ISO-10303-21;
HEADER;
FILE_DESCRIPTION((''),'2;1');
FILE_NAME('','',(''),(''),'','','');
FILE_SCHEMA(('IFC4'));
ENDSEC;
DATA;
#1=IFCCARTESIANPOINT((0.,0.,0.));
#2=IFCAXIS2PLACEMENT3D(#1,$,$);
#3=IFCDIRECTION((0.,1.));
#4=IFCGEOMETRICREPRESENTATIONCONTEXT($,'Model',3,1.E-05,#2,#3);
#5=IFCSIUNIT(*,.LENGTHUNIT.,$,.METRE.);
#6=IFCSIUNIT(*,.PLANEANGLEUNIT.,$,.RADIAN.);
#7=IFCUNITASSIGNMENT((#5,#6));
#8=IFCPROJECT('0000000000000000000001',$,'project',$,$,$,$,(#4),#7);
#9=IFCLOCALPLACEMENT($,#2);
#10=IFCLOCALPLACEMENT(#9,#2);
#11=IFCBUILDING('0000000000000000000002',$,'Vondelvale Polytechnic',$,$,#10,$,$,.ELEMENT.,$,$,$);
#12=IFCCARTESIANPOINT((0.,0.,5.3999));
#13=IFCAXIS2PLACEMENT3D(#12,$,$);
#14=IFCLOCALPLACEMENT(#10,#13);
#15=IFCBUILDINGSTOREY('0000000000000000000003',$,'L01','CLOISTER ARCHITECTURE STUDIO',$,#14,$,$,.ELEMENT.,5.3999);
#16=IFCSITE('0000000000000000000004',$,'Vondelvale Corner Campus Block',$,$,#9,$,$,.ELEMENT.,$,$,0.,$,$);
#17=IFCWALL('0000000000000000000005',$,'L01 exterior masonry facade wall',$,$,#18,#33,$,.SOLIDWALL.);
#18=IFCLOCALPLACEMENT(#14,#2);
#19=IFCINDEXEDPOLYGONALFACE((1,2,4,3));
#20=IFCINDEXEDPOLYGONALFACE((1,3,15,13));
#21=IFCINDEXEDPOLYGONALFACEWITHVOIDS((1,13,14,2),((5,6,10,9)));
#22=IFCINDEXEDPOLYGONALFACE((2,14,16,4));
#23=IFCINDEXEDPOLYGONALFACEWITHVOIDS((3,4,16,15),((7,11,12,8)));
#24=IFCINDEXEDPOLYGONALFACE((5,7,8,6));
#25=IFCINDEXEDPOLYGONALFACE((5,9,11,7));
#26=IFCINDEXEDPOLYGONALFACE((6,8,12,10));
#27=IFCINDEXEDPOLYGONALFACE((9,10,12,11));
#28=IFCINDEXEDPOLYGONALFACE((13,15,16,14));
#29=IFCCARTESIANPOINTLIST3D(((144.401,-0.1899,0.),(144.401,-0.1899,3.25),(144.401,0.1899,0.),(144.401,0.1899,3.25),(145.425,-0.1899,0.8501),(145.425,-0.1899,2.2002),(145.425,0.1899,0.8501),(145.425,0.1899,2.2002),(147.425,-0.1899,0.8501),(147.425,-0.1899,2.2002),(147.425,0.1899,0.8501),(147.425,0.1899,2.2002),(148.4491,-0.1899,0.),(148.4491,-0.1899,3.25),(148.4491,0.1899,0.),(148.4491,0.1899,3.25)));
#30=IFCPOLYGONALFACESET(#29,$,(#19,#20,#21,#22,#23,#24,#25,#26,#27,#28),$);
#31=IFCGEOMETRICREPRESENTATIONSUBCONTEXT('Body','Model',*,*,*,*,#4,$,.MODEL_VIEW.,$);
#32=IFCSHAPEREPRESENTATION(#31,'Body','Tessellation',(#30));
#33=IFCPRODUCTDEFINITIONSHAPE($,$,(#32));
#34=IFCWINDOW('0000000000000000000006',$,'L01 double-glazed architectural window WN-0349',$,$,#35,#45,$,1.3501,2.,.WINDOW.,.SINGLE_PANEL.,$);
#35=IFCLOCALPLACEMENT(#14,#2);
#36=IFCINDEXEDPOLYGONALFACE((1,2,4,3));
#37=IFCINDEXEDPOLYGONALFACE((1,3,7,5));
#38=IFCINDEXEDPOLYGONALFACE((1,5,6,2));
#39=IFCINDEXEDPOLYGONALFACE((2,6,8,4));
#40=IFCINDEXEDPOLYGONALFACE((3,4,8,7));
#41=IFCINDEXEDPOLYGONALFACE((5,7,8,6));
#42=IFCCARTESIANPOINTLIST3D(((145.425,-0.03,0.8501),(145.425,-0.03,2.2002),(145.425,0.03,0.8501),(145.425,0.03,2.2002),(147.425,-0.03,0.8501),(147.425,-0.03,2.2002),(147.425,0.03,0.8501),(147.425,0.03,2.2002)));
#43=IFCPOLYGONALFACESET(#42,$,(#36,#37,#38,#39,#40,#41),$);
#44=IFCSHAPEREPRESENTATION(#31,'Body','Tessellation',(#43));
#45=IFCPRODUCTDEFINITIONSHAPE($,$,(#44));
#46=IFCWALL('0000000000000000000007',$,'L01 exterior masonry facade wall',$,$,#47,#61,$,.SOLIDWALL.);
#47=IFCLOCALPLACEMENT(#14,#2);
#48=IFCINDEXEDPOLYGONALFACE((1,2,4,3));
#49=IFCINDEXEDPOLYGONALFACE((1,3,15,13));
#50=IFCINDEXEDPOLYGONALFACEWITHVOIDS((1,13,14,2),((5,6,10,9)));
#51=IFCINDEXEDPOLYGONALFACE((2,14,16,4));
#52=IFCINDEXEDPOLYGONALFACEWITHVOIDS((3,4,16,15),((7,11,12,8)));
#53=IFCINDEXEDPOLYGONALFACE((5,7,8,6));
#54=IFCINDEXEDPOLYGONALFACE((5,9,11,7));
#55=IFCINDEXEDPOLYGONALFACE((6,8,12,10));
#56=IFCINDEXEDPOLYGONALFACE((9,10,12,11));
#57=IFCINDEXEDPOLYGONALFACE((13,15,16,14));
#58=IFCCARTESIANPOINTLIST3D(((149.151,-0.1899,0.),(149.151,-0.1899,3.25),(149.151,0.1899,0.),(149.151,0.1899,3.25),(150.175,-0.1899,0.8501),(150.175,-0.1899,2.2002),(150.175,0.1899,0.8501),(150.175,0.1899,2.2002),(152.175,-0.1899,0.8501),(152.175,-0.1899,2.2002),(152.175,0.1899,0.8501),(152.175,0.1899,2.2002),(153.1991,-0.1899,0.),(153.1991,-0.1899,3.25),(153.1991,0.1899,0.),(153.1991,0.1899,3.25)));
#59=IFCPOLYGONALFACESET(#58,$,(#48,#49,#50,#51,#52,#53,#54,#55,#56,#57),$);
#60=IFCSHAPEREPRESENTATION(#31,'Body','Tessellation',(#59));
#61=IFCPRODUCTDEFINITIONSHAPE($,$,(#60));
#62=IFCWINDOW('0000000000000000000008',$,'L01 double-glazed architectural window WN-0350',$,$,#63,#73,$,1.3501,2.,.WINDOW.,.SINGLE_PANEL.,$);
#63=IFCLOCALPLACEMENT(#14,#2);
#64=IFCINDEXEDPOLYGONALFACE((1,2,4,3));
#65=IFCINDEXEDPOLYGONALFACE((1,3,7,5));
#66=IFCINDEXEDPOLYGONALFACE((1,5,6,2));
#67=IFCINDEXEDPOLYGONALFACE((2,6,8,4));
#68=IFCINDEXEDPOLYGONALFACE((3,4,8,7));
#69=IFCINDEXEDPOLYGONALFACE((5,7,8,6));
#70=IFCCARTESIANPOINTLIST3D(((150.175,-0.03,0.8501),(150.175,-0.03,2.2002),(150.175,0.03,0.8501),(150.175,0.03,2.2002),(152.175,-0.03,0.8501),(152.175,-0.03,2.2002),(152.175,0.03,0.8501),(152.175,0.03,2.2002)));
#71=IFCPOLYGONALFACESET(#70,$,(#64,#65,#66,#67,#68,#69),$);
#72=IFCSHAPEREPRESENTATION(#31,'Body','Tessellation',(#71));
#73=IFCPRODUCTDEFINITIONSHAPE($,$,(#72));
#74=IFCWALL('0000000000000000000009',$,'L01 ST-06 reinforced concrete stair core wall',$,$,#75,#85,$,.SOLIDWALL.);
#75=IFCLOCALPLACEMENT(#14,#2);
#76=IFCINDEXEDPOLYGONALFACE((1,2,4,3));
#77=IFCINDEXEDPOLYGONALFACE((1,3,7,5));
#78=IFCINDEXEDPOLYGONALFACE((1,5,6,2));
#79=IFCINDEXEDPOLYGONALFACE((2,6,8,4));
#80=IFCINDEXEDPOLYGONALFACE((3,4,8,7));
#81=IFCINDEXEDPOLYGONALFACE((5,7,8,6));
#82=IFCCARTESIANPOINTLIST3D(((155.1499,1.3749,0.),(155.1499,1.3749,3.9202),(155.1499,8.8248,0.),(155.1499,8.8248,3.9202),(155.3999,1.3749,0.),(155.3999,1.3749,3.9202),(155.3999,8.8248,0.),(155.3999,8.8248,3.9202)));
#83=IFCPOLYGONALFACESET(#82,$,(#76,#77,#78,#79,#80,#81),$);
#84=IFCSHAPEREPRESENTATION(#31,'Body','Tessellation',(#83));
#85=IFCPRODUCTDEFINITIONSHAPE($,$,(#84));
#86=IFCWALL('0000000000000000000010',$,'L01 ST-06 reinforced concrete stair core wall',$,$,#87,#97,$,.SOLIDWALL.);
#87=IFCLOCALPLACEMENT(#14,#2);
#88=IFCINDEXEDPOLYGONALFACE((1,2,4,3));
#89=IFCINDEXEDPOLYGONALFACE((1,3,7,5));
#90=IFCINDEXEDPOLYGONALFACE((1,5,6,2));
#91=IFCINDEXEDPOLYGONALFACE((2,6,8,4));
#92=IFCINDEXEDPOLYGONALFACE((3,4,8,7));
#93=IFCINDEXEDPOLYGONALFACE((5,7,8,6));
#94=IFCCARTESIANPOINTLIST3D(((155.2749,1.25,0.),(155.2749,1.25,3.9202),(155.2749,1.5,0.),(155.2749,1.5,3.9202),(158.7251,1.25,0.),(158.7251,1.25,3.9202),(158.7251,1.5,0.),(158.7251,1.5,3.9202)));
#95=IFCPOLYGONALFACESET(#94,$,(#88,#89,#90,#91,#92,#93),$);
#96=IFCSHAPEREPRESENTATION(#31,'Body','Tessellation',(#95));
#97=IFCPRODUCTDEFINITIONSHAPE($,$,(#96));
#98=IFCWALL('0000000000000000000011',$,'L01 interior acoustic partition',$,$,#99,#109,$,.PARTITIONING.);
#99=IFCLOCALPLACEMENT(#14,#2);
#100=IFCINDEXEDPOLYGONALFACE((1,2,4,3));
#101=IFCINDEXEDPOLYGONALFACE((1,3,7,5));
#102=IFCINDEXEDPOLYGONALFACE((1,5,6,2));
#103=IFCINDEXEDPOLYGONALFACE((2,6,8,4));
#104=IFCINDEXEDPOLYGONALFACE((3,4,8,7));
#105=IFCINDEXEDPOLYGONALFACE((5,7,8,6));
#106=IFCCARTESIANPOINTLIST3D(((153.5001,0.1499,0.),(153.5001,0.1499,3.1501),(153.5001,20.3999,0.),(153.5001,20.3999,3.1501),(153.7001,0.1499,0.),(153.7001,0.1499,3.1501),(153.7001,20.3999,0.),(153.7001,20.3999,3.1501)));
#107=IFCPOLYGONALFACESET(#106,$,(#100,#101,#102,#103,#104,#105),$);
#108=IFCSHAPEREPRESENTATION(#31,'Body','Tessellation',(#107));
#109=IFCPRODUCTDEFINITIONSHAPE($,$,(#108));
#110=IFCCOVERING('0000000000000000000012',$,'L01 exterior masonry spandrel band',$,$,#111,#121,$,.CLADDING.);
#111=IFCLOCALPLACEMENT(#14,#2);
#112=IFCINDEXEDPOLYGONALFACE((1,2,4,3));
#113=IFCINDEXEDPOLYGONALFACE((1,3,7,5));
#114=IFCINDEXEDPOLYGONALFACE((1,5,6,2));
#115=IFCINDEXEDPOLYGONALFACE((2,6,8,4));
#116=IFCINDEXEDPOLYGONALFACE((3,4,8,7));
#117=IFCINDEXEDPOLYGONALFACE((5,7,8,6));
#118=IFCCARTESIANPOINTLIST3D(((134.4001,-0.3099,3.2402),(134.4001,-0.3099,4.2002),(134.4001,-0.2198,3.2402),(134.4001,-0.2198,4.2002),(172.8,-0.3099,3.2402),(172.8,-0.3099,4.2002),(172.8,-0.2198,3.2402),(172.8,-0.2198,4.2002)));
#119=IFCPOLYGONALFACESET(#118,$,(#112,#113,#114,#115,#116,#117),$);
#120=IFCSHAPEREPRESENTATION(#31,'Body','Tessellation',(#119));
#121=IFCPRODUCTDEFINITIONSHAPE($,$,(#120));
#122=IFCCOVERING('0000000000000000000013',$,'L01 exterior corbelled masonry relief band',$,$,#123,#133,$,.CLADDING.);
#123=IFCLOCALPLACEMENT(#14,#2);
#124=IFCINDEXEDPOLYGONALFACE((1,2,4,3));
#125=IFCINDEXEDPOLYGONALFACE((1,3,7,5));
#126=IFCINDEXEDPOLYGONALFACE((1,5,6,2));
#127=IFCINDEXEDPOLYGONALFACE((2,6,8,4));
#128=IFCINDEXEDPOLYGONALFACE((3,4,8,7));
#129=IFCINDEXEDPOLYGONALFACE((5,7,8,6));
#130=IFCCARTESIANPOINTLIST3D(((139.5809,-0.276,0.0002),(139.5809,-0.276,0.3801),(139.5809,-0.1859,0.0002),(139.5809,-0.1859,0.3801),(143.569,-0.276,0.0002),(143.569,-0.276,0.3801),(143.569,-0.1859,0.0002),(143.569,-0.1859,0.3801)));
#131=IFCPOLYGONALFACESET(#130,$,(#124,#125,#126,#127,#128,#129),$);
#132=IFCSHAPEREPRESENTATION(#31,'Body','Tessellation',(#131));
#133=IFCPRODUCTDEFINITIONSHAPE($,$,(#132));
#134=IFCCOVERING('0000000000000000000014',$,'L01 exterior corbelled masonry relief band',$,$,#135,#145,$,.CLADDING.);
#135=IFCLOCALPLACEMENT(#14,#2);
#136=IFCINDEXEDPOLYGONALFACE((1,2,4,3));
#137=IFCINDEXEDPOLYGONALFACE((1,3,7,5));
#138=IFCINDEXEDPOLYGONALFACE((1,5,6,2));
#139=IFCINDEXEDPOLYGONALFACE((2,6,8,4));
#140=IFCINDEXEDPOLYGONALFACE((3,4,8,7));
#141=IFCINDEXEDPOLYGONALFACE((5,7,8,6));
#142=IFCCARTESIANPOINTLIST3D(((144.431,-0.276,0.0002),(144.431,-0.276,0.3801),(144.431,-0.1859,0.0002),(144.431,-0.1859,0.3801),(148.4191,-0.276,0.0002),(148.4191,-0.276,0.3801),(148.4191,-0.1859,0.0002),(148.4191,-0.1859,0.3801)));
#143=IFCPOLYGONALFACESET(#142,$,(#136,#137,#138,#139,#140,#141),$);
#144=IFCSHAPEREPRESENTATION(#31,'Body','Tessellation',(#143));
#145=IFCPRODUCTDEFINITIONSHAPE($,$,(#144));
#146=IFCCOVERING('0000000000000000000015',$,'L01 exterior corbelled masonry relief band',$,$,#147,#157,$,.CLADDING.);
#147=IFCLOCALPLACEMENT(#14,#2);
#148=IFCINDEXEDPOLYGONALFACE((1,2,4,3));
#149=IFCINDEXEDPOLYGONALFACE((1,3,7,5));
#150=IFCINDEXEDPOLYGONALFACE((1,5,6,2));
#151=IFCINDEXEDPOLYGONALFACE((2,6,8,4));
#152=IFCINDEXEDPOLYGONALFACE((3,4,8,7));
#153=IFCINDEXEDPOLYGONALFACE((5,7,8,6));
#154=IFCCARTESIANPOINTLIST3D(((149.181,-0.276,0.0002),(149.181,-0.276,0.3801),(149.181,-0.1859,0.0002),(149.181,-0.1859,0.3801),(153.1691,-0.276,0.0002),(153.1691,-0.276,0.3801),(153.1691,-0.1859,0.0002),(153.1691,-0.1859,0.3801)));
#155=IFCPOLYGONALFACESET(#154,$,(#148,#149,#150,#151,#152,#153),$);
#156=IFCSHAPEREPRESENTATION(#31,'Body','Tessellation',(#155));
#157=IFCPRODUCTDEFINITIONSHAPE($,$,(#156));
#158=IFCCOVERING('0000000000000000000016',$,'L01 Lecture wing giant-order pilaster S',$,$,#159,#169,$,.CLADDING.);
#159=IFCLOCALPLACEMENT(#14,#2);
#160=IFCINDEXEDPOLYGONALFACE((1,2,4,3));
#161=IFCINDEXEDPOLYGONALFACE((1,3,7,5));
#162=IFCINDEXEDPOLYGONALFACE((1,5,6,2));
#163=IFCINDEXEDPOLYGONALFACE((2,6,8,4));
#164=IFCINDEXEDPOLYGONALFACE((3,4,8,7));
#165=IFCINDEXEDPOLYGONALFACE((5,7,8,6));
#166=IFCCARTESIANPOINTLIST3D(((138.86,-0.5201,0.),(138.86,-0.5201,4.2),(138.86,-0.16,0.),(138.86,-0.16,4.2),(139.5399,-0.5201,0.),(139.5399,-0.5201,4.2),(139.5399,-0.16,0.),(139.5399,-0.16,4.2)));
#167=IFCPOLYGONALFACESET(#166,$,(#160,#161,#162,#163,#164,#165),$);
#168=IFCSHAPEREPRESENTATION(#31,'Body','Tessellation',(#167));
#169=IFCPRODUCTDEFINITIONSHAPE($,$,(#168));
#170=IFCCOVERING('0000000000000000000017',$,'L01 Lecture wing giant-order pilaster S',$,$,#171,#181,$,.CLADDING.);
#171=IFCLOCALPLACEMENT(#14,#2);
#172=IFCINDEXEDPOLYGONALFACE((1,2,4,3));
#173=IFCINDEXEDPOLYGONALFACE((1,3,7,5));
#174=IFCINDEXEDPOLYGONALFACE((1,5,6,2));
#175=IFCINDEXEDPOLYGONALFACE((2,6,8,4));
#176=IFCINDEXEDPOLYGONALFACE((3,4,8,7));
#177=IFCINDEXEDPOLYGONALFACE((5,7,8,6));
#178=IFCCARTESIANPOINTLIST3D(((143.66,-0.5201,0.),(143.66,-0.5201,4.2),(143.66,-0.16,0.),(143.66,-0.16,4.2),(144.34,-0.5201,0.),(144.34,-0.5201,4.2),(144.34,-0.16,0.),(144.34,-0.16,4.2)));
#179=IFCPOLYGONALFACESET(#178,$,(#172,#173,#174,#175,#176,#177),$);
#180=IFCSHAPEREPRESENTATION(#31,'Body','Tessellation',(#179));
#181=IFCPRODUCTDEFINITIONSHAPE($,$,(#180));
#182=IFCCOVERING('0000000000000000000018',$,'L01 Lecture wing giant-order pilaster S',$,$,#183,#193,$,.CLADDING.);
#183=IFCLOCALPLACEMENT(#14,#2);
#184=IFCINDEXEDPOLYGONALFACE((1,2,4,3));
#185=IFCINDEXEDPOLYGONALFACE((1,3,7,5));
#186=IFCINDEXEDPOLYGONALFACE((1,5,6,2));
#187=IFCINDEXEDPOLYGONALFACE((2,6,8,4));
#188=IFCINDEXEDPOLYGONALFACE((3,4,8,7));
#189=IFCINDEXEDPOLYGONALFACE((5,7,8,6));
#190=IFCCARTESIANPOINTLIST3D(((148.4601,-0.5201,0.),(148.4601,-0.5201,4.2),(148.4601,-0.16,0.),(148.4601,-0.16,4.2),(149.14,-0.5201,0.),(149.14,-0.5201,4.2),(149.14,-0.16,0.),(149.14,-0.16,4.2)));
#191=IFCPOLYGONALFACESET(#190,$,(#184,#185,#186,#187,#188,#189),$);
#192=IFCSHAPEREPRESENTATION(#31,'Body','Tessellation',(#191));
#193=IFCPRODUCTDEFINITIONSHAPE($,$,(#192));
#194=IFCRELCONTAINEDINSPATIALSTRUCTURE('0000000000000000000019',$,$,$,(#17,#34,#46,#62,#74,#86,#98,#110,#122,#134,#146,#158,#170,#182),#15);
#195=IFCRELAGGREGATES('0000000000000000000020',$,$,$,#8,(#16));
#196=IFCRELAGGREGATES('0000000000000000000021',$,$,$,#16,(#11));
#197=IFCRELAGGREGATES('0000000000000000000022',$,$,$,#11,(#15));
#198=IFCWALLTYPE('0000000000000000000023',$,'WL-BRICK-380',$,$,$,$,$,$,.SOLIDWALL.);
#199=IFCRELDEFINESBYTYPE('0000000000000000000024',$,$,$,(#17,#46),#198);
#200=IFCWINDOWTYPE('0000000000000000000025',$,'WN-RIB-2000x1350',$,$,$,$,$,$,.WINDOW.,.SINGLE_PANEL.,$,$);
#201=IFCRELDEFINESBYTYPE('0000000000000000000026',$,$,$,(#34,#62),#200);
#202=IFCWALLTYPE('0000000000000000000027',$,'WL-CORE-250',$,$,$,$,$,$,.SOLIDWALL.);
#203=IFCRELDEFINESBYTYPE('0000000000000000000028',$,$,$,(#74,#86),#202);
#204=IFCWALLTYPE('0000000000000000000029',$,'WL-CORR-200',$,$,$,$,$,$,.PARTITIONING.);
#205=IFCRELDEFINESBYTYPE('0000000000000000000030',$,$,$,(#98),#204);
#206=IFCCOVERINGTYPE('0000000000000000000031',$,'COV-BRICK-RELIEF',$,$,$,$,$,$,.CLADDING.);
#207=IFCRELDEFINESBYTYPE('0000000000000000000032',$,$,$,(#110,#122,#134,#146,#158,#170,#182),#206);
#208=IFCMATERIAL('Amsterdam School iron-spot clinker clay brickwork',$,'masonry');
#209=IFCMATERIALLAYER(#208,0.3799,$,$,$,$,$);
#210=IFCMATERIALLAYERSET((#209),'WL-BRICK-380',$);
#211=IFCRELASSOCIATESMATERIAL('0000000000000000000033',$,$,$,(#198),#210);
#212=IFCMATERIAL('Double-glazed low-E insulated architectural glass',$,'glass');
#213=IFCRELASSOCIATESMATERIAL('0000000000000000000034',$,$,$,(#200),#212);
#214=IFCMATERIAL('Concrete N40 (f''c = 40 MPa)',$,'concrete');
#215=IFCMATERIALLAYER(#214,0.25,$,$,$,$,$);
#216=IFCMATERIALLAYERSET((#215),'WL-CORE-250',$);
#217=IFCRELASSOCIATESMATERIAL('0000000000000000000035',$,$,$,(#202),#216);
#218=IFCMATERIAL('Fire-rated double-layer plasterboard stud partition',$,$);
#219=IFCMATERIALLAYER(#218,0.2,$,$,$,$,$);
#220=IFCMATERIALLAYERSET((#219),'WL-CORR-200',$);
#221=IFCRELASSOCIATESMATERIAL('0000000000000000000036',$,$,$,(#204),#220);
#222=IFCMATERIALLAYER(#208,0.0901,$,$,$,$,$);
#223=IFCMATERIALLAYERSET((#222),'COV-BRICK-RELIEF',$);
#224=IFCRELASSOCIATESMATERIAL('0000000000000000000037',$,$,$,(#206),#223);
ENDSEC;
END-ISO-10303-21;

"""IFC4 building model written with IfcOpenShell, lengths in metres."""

from ifc_helpers import new_model, si_unit, direction, frame, frame_2d, origin, origin_2d, place, context, subcontext, project, spatial, rectangle, extrude, material, layer, layer_set, type_object, element, fill, save


model = new_model("IFC4")

# Units and contexts
model_context = context("Model", 3, precision=1e-05, world=origin(), true_north=direction((0.0, 1.0)))
body_context = subcontext(model_context, "Body", "Model", "MODEL_VIEW")
ifc_project = project(units=[si_unit("LENGTHUNIT", "METRE"), si_unit("PLANEANGLEUNIT", "RADIAN")], contexts=[model_context])

# Site, building, storey
site_placement = place(None, origin())
site = spatial("IfcSite", under=ifc_project, at=site_placement, Name="Vondelvale Corner Campus Block", CompositionType="ELEMENT", RefElevation=0.0)
building_placement = place(site_placement, origin())
building = spatial("IfcBuilding", under=site, at=building_placement, Name="Vondelvale Polytechnic", CompositionType="ELEMENT")
storey_placement = place(building_placement, frame((0.0, 0.0, 5.3999)))
storey = spatial("IfcBuildingStorey", under=building, at=storey_placement, Name="L01", Description="CLOISTER ARCHITECTURE STUDIO", CompositionType="ELEMENT", Elevation=5.3999)

# Shared definitions
ifc_material_1 = material(Name="Concrete N40 (f'c = 40 MPa)", Category="concrete")

# Walls, openings, windows
ifc_material_2 = material(Name="Amsterdam School iron-spot clinker clay brickwork", Category="masonry")
ifc_layer_1 = layer(ifc_material_2, 0.3799)
ifc_layer_set_1 = layer_set([ifc_layer_1], Name="WL-BRICK-380")
wall_type_1 = type_object("IfcWallType", Name="WL-BRICK-380", PredefinedType="SOLIDWALL", material=ifc_layer_set_1)
ifc_material_3 = material(Name="Double-glazed low-E insulated architectural glass", Category="glass")
window_type = type_object("IfcWindowType", Name="WN-RIB-2000x1350", PartitioningType="SINGLE_PANEL", PredefinedType="WINDOW", material=ifc_material_3)
wall_1_placement = place(storey_placement, frame((148.449, 0.0, 0.0), z_axis=(0.0, 0.0, 1.0), x_axis=(-1.0, 0.0, 0.0)))
wall_1 = element("IfcWall", 1, at=wall_1_placement, inside=storey, type_object=wall_type_1, Name="L01 exterior masonry facade wall", PredefinedType="SOLIDWALL", context=body_context, shape_type="SweptSolid", body=[
    extrude(rectangle(XDim=4.0481, YDim=0.3799, at=frame_2d((2.0239, 0.0))), origin(), (0.0, 0.0, 1.0), 3.25),
])
opening_1_placement = place(wall_1_placement, frame((1.0239, 0.0, 0.8501)))
opening_1 = element("IfcOpeningElement", 2, at=opening_1_placement, cuts=wall_1, PredefinedType="OPENING", context=body_context, shape_type="SweptSolid", body=[
    extrude(rectangle(XDim=2.0, YDim=1.3501, at=frame_2d((1.0, 0.675))), frame((0.0, 0.2, 0.0), z_axis=(0.0, -1.0, 0.0), x_axis=(1.0, 0.0, 0.0)), (0.0, 0.0, 1.0), 0.3999),
])
window_1_placement = place(opening_1_placement, origin())
window_1 = element("IfcWindow", 3, at=window_1_placement, inside=storey, type_object=window_type, Name="L01 double-glazed architectural window WN-0349", OverallHeight=1.3501, OverallWidth=2.0, PartitioningType="SINGLE_PANEL", PredefinedType="WINDOW", context=body_context, shape_type="SweptSolid", body=[
    extrude(rectangle(XDim=2.0, YDim=1.3501, at=frame_2d((1.0, 0.675))), frame((0.0, 0.03, 0.0), z_axis=(0.0, -1.0, 0.0), x_axis=(1.0, 0.0, 0.0)), (0.0, 0.0, 1.0), 0.0601),
])
fill(opening_1, window_1)
wall_2_placement = place(storey_placement, frame((153.199, 0.0, 0.0), z_axis=(0.0, 0.0, 1.0), x_axis=(-1.0, 0.0, 0.0)))
wall_2 = element("IfcWall", 4, at=wall_2_placement, inside=storey, type_object=wall_type_1, Name="L01 exterior masonry facade wall", PredefinedType="SOLIDWALL", context=body_context, shape_type="SweptSolid", body=[
    extrude(rectangle(XDim=4.0481, YDim=0.3799, at=frame_2d((2.0239, 0.0))), origin(), (0.0, 0.0, 1.0), 3.25),
])
opening_2_placement = place(wall_2_placement, frame((1.0239, 0.0, 0.8501)))
opening_2 = element("IfcOpeningElement", 5, at=opening_2_placement, cuts=wall_2, PredefinedType="OPENING", context=body_context, shape_type="SweptSolid", body=[
    extrude(rectangle(XDim=2.0, YDim=1.3501, at=frame_2d((1.0, 0.675))), frame((0.0, 0.2, 0.0), z_axis=(0.0, -1.0, 0.0), x_axis=(1.0, 0.0, 0.0)), (0.0, 0.0, 1.0), 0.3999),
])
window_2_placement = place(opening_2_placement, origin())
window_2 = element("IfcWindow", 6, at=window_2_placement, inside=storey, type_object=window_type, Name="L01 double-glazed architectural window WN-0350", OverallHeight=1.3501, OverallWidth=2.0, PartitioningType="SINGLE_PANEL", PredefinedType="WINDOW", context=body_context, shape_type="SweptSolid", body=[
    extrude(rectangle(XDim=2.0, YDim=1.3501, at=frame_2d((1.0, 0.675))), frame((0.0, 0.03, 0.0), z_axis=(0.0, -1.0, 0.0), x_axis=(1.0, 0.0, 0.0)), (0.0, 0.0, 1.0), 0.0601),
])
fill(opening_2, window_2)

# Walls
ifc_layer_2 = layer(ifc_material_1, 0.25)
ifc_layer_set_2 = layer_set([ifc_layer_2], Name="WL-CORE-250")
wall_type_2 = type_object("IfcWallType", Name="WL-CORE-250", PredefinedType="SOLIDWALL", material=ifc_layer_set_2)
wall_3_placement = place(storey_placement, frame((155.2749, 8.825, 0.0), z_axis=(0.0, 0.0, 1.0), x_axis=(0.0, -1.0, 0.0)))
element("IfcWall", 7, at=wall_3_placement, inside=storey, type_object=wall_type_2, Name="L01 ST-06 reinforced concrete stair core wall", PredefinedType="SOLIDWALL", context=body_context, shape_type="SweptSolid", body=[
    extrude(rectangle(XDim=7.45, YDim=0.25, at=frame_2d((3.7251, 0.0))), origin(), (0.0, 0.0, 1.0), 3.9202),
])
wall_4_placement = place(storey_placement, frame((155.2749, 1.375, 0.0), z_axis=(0.0, 0.0, 1.0), x_axis=(1.0, 0.0, 0.0)))
element("IfcWall", 8, at=wall_4_placement, inside=storey, type_object=wall_type_2, Name="L01 ST-06 reinforced concrete stair core wall", PredefinedType="SOLIDWALL", context=body_context, shape_type="SweptSolid", body=[
    extrude(rectangle(XDim=3.4502, YDim=0.25, at=frame_2d((1.7251, 0.0))), origin(), (0.0, 0.0, 1.0), 3.9202),
])
ifc_material_4 = material(Name="Fire-rated double-layer plasterboard stud partition")
ifc_layer_3 = layer(ifc_material_4, 0.2)
ifc_layer_set_3 = layer_set([ifc_layer_3], Name="WL-CORR-200")
wall_type_3 = type_object("IfcWallType", Name="WL-CORR-200", PredefinedType="PARTITIONING", material=ifc_layer_set_3)
wall_5_placement = place(storey_placement, frame((153.6001, 0.1499, 0.0), z_axis=(0.0, 0.0, 1.0), x_axis=(0.0, 1.0, 0.0)))
element("IfcWall", 9, at=wall_5_placement, inside=storey, type_object=wall_type_3, Name="L01 interior acoustic partition", PredefinedType="PARTITIONING", context=body_context, shape_type="SweptSolid", body=[
    extrude(rectangle(XDim=20.25, YDim=0.2, at=frame_2d((10.125, 0.0))), origin(), (0.0, 0.0, 1.0), 3.1501),
])

# Coverings
ifc_layer_4 = layer(ifc_material_2, 0.0901)
ifc_layer_set_4 = layer_set([ifc_layer_4], Name="COV-BRICK-RELIEF")
covering_type = type_object("IfcCoveringType", Name="COV-BRICK-RELIEF", PredefinedType="CLADDING", material=ifc_layer_set_4)
covering_placement = place(storey_placement, frame((153.6001, -0.2649, 3.2402), z_axis=(0.0, 0.0, 1.0), x_axis=(1.0, 0.0, 0.0)))
element("IfcCovering", 10, at=covering_placement, inside=storey, type_object=covering_type, Name="L01 exterior masonry spandrel band", PredefinedType="CLADDING", context=body_context, shape_type="SweptSolid", body=[
    extrude(rectangle(XDim=38.3999, YDim=0.0901, at=origin_2d()), origin(), (0.0, 0.0, 1.0), 0.96),
])
for number, where, z_axis, x_axis, name in (
    (11, (141.575, -0.231, 0.0002), (0.0, 0.0, 1.0), (-1.0, 0.0, 0.0), "L01 exterior corbelled masonry relief band"),
    (12, (146.425, -0.231, 0.0002), (0.0, 0.0, 1.0), (-1.0, 0.0, 0.0), "L01 exterior corbelled masonry relief band"),
    (13, (151.175, -0.231, 0.0002), (0.0, 0.0, 1.0), (-1.0, 0.0, 0.0), "L01 exterior corbelled masonry relief band"),
):
    element("IfcCovering", number, at=place(storey_placement, frame(where, z_axis=z_axis, x_axis=x_axis)), inside=storey, type_object=covering_type, Name=name, PredefinedType="CLADDING", context=body_context, shape_type="SweptSolid", body=[
        extrude(rectangle(XDim=3.988, YDim=0.0901, at=origin_2d()), origin(), (0.0, 0.0, 1.0), 0.3799),
    ])
for number, where, z_axis, x_axis, name in (
    (14, (139.2, -0.3401, 0.0), (0.0, 0.0, 1.0), (1.0, 0.0, 0.0), "L01 Lecture wing giant-order pilaster S"),
    (15, (144.0, -0.3401, 0.0), (0.0, 0.0, 1.0), (1.0, 0.0, 0.0), "L01 Lecture wing giant-order pilaster S"),
    (16, (148.8, -0.3401, 0.0), (0.0, 0.0, 1.0), (1.0, 0.0, 0.0), "L01 Lecture wing giant-order pilaster S"),
):
    element("IfcCovering", number, at=place(storey_placement, frame(where, z_axis=z_axis, x_axis=x_axis)), inside=storey, type_object=covering_type, Name=name, PredefinedType="CLADDING", context=body_context, shape_type="SweptSolid", body=[
        extrude(rectangle(XDim=0.6799, YDim=0.3601, at=origin_2d()), origin(), (0.0, 0.0, 1.0), 4.2),
    ])

save(model, "model.ifc")
